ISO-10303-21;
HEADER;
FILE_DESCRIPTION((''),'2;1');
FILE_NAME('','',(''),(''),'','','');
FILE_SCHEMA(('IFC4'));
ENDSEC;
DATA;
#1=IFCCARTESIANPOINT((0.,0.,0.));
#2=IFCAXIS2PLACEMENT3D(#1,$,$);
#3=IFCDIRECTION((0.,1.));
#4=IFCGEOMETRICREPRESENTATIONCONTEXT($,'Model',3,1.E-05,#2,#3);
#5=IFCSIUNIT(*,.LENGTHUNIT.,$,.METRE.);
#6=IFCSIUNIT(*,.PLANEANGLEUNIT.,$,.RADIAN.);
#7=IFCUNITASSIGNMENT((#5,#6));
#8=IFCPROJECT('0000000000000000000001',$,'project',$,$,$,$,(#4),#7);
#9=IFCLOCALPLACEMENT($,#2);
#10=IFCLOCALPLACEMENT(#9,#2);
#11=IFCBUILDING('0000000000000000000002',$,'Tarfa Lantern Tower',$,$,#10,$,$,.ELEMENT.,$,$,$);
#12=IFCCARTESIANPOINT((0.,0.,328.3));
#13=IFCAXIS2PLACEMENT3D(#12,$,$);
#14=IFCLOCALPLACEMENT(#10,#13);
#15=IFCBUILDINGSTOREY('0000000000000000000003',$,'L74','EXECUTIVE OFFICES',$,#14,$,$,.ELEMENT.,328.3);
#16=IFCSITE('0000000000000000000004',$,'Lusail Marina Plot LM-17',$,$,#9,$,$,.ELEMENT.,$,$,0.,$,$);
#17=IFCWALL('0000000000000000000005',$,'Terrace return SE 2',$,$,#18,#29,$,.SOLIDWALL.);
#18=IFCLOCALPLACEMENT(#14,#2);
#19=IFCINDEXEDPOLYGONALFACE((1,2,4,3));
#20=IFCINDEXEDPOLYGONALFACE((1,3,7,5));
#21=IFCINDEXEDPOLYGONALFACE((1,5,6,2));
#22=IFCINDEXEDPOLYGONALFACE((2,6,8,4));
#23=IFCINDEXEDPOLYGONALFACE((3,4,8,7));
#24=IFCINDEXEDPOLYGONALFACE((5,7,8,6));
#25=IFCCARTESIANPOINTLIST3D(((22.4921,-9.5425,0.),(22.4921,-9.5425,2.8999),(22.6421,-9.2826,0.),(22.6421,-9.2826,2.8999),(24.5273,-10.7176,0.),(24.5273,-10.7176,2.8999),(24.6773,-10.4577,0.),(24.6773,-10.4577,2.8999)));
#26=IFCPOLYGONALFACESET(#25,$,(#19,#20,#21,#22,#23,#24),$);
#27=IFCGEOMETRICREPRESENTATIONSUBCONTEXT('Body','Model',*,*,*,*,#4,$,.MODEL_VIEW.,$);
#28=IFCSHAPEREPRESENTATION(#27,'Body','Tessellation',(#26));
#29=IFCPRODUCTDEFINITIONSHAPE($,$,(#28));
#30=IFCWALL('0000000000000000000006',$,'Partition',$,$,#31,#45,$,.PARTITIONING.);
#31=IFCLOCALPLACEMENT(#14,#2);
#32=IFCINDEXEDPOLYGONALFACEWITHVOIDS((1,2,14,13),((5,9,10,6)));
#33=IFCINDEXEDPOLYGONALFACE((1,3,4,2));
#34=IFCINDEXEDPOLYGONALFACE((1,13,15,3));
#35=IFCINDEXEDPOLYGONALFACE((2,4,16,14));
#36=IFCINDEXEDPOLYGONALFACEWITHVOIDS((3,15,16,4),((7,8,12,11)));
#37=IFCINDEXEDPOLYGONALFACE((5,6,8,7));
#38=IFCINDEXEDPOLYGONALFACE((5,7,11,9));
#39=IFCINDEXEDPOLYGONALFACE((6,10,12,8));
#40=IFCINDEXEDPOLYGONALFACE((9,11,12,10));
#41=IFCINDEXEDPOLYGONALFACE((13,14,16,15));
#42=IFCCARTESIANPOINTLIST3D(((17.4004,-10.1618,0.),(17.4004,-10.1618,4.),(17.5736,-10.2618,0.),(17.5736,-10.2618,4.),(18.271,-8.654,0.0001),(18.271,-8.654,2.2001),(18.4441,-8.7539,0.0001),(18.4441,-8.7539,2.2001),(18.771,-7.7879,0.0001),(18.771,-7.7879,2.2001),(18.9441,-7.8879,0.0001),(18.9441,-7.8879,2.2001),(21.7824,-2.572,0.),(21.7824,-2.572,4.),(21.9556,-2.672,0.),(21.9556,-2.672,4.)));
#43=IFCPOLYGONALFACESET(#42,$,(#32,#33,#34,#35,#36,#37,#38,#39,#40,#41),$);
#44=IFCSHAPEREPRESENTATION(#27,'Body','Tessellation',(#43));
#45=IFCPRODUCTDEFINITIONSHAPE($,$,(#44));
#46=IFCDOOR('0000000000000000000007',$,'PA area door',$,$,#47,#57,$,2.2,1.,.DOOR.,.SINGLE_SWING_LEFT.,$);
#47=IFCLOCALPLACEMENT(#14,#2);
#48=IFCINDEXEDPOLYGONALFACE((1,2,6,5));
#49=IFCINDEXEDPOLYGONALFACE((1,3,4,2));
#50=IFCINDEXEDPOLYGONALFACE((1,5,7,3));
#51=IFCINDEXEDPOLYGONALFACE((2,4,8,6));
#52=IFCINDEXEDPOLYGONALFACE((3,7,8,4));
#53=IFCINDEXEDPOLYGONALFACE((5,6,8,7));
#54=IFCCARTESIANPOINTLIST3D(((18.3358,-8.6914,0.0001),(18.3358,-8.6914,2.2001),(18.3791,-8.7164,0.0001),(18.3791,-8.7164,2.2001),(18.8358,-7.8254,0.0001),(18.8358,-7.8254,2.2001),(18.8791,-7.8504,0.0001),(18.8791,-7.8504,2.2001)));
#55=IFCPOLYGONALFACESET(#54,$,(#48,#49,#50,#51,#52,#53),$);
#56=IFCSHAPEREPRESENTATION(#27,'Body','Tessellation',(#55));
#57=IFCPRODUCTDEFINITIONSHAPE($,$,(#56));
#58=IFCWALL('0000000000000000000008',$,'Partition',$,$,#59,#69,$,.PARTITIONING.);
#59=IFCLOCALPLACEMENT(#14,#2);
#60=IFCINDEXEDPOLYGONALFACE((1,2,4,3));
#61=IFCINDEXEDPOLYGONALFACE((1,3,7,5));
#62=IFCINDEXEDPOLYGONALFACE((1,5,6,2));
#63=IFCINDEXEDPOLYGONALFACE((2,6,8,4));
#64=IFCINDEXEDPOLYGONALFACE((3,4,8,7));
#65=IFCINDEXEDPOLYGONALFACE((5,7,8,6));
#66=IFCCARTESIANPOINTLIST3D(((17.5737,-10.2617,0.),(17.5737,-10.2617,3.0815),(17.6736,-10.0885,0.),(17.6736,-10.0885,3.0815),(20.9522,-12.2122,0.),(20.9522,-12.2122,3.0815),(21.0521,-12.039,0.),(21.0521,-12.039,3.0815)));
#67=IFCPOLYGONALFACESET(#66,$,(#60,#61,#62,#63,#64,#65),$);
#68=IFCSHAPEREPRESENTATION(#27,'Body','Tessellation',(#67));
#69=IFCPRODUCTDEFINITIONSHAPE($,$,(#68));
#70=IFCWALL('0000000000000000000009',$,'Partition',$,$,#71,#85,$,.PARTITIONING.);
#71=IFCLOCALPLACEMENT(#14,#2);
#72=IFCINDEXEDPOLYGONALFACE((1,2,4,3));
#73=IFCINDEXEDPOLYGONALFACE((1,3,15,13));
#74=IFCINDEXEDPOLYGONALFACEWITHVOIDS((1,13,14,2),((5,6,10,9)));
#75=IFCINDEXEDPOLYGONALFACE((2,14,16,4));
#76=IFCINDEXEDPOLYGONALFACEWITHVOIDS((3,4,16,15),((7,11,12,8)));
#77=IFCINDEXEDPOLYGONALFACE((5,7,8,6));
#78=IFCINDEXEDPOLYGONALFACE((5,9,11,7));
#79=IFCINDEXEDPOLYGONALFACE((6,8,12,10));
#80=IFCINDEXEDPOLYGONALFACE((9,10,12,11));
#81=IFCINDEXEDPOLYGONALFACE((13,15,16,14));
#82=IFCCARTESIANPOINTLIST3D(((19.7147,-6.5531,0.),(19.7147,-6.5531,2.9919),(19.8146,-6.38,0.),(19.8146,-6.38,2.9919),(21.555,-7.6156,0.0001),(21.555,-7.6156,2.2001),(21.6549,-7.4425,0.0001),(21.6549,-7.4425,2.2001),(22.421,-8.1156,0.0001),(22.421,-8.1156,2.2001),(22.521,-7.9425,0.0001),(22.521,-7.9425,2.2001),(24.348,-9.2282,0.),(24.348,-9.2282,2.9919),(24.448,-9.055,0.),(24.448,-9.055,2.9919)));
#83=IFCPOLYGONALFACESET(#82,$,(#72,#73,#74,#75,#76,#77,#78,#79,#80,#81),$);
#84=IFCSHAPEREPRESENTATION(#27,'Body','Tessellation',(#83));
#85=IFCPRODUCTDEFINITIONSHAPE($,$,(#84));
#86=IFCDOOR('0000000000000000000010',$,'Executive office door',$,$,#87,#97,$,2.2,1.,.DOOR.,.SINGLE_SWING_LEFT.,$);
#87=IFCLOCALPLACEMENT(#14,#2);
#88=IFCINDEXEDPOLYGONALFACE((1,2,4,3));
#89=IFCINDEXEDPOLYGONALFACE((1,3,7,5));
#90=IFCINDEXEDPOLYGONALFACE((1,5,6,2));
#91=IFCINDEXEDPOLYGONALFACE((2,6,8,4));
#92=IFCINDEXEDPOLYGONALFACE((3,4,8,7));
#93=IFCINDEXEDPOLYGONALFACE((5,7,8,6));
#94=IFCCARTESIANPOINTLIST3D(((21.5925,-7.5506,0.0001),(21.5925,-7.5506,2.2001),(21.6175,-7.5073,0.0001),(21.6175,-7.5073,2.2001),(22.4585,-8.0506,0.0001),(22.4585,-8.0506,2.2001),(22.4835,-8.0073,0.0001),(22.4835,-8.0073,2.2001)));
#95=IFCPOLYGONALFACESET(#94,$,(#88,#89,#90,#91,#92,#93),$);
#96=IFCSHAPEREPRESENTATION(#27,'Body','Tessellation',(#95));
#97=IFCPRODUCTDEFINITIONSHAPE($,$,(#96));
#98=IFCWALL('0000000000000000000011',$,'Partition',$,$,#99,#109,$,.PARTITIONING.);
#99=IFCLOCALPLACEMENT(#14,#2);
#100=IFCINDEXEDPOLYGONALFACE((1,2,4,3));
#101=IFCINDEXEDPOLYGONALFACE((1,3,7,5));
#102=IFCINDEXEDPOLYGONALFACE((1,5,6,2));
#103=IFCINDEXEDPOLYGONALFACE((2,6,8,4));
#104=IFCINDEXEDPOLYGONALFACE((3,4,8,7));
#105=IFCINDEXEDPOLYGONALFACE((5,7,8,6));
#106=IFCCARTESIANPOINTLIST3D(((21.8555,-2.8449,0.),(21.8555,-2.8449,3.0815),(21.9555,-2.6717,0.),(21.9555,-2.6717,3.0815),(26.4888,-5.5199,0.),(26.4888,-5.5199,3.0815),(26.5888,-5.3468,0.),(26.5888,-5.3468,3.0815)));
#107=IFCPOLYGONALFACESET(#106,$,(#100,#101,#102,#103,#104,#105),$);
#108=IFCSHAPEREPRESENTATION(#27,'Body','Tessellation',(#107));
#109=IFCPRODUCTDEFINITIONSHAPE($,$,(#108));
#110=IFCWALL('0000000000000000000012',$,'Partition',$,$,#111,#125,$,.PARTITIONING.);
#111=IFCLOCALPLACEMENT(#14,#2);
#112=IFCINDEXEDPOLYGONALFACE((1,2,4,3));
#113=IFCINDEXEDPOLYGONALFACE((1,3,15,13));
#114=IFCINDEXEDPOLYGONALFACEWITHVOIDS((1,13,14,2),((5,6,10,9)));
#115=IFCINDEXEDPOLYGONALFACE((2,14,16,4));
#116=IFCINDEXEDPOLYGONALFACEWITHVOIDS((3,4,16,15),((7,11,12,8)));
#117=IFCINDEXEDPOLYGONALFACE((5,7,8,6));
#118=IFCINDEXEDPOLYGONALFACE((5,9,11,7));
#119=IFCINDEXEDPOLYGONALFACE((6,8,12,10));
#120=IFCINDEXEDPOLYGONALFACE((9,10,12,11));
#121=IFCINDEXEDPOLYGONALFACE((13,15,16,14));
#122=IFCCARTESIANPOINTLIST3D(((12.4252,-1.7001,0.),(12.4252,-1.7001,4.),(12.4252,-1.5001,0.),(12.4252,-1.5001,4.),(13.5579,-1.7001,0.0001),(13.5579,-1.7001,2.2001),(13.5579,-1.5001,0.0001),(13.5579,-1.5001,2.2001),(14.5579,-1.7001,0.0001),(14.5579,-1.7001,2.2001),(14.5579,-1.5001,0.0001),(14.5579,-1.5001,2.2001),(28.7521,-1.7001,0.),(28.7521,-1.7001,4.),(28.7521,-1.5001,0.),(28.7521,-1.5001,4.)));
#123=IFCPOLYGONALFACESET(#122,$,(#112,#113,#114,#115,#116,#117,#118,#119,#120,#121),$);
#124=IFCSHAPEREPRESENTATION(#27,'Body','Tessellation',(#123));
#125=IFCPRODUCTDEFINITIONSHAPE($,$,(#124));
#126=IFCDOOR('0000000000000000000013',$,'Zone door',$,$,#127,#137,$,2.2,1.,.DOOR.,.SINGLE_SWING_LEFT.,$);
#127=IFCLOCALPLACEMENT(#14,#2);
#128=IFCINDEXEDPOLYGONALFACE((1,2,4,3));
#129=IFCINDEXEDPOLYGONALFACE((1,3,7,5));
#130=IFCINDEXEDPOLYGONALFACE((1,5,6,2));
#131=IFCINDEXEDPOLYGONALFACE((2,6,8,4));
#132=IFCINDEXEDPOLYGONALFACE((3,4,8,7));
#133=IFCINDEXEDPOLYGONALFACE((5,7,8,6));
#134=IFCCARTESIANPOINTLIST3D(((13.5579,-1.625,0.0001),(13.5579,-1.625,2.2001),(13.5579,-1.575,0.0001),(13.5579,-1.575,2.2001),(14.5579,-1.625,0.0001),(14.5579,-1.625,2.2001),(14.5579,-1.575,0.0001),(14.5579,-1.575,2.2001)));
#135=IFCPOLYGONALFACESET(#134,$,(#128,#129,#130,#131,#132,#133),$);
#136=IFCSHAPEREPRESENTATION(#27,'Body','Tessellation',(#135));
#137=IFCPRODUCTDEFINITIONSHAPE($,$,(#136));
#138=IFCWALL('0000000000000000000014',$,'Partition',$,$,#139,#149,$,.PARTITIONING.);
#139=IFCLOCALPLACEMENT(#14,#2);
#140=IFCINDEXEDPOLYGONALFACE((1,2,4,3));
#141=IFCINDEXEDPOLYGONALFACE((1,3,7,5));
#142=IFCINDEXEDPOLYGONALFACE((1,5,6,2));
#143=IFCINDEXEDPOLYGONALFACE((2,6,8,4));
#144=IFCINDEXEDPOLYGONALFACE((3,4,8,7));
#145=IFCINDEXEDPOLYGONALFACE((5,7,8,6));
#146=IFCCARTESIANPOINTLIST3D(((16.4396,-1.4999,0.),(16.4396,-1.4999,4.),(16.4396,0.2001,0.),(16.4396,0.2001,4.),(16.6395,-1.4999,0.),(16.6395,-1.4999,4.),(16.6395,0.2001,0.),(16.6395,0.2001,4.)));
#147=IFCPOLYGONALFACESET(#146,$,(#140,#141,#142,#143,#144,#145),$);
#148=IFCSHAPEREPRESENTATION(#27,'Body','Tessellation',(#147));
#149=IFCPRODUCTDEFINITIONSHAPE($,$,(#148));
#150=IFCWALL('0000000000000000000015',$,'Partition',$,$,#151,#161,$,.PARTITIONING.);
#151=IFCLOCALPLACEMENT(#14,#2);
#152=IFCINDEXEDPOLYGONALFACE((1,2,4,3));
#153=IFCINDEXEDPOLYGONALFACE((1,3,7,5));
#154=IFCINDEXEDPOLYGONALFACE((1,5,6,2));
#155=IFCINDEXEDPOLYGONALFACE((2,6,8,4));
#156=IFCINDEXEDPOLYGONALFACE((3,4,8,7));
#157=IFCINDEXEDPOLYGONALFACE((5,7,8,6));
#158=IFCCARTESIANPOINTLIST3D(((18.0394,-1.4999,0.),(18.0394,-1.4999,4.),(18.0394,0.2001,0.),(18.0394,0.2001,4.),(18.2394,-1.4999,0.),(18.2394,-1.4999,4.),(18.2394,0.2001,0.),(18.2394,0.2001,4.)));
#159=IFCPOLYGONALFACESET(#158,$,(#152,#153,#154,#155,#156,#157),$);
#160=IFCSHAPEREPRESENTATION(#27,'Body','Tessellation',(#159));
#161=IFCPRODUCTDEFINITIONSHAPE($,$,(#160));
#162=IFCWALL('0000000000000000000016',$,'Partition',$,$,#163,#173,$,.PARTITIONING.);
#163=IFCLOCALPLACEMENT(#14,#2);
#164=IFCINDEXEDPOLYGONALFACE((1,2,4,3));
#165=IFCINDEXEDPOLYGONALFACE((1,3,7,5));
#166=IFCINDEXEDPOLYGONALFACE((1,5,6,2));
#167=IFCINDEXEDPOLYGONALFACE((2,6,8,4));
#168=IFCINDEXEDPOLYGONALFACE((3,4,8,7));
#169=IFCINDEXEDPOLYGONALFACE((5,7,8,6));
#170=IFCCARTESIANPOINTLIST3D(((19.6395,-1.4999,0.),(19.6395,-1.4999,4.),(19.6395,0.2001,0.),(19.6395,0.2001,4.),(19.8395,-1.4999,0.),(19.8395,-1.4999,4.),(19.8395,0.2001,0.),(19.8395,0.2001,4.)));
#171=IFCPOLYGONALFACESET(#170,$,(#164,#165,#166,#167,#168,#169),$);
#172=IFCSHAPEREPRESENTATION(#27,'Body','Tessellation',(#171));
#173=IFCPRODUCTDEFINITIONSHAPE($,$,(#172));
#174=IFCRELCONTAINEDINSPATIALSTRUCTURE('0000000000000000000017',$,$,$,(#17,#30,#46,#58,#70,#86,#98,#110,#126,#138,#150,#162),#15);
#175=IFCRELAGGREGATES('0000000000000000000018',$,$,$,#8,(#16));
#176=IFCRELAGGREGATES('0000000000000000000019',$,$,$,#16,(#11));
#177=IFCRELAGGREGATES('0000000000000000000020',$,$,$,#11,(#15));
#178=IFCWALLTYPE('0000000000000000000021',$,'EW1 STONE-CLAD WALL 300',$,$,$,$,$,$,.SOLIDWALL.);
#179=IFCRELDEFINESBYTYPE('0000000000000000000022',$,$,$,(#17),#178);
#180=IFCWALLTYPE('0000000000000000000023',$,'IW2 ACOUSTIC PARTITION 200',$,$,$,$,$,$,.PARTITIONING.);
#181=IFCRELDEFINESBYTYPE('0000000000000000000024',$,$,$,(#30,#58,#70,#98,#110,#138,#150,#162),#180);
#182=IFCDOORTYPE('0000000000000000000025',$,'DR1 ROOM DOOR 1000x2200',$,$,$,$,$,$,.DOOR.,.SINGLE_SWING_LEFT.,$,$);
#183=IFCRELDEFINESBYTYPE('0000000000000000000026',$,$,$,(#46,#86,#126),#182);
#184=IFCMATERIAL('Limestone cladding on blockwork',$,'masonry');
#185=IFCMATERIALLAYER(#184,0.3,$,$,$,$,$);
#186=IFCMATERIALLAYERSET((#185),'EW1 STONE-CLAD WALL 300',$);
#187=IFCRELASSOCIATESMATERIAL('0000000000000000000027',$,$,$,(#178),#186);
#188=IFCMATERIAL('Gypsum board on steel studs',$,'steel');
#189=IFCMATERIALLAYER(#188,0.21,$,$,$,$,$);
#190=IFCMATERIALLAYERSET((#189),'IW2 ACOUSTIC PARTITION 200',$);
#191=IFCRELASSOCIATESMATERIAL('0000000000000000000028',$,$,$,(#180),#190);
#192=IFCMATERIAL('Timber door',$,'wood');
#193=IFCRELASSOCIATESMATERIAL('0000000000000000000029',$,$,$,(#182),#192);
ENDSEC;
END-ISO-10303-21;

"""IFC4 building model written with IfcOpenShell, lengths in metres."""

from ifc_helpers import new_model, si_unit, direction, frame, frame_2d, origin, place, context, subcontext, project, spatial, rectangle, extrude, material, layer, layer_set, type_object, element, fill, save


model = new_model("IFC4")

# Units and contexts
model_context = context("Model", 3, precision=1e-05, world=origin(), true_north=direction((0.0, 1.0)))
body_context = subcontext(model_context, "Body", "Model", "MODEL_VIEW")
ifc_project = project(units=[si_unit("LENGTHUNIT", "METRE"), si_unit("PLANEANGLEUNIT", "RADIAN")], contexts=[model_context])

# Site, building, storey
site_placement = place(None, origin())
site = spatial("IfcSite", under=ifc_project, at=site_placement, Name="Lusail Marina Plot LM-17", CompositionType="ELEMENT", RefElevation=0.0)
building_placement = place(site_placement, origin())
building = spatial("IfcBuilding", under=site, at=building_placement, Name="Tarfa Lantern Tower", CompositionType="ELEMENT")
storey_placement = place(building_placement, frame((0.0, 0.0, 328.3)))
storey = spatial("IfcBuildingStorey", under=building, at=storey_placement, Name="L74", Description="EXECUTIVE OFFICES", CompositionType="ELEMENT", Elevation=328.3)

# Shared definitions
ifc_material_1 = material(Name="Limestone cladding on blockwork", Category="masonry")
ifc_layer_1 = layer(ifc_material_1, 0.3)
ifc_layer_set_1 = layer_set([ifc_layer_1], Name="EW1 STONE-CLAD WALL 300")
wall_type_1 = type_object("IfcWallType", Name="EW1 STONE-CLAD WALL 300", PredefinedType="SOLIDWALL", material=ifc_layer_set_1)

# Wall
wall_1_placement = place(storey_placement, frame((24.6023, -10.5876, 0.0), z_axis=(0.0, 0.0, 1.0), x_axis=(-0.866016, 0.500016, 0.0)))
element("IfcWall", 1, at=wall_1_placement, inside=storey, type_object=wall_type_1, Name="Terrace return SE 2", PredefinedType="SOLIDWALL", context=body_context, shape_type="SweptSolid", body=[
    extrude(rectangle(XDim=2.3501, YDim=0.3, at=frame_2d((1.175, 0.0))), origin(), (0.0, 0.0, 1.0), 2.8999),
])

# Wall, opening, door
ifc_material_2 = material(Name="Gypsum board on steel studs", Category="steel")
ifc_layer_2 = layer(ifc_material_2, 0.21)
ifc_layer_set_2 = layer_set([ifc_layer_2], Name="IW2 ACOUSTIC PARTITION 200")
wall_type_2 = type_object("IfcWallType", Name="IW2 ACOUSTIC PARTITION 200", PredefinedType="PARTITIONING", material=ifc_layer_set_2)
wall_2_placement = place(storey_placement, frame((17.4871, -10.2117, 0.0), z_axis=(0.0, 0.0, 1.0), x_axis=(0.500007, 0.866021, 0.0)))
wall_2 = element("IfcWall", 2, at=wall_2_placement, inside=storey, type_object=wall_type_2, Name="Partition", PredefinedType="PARTITIONING", context=body_context, shape_type="SweptSolid", body=[
    extrude(rectangle(XDim=8.7639, YDim=0.2, at=frame_2d((4.3818, 0.0))), origin(), (0.0, 0.0, 1.0), 4.0),
])
opening_1_placement = place(wall_2_placement, frame((1.741, 0.0, 0.0)))
opening_1 = element("IfcOpeningElement", 3, at=opening_1_placement, cuts=wall_2, PredefinedType="OPENING", context=body_context, shape_type="SweptSolid", body=[
    extrude(rectangle(XDim=1.0, YDim=2.2, at=frame_2d((0.5, 1.1001))), frame((0.0, 0.1099, 0.0), z_axis=(0.0, -1.0, 0.0), x_axis=(1.0, 0.0, 0.0)), (0.0, 0.0, 1.0), 0.22),
])
ifc_material_3 = material(Name="Timber door", Category="wood")
door_type = type_object("IfcDoorType", Name="DR1 ROOM DOOR 1000x2200", OperationType="SINGLE_SWING_LEFT", PredefinedType="DOOR", material=ifc_material_3)
door_1_placement = place(opening_1_placement, frame((1.0, 0.0, 0.0), z_axis=(0.0, 0.0, 1.0), x_axis=(-1.0, 0.0, 0.0)))
door_1 = element("IfcDoor", 4, at=door_1_placement, inside=storey, type_object=door_type, Name="PA area door", OperationType="SINGLE_SWING_LEFT", OverallHeight=2.2, OverallWidth=1.0, PredefinedType="DOOR", context=body_context, shape_type="SweptSolid", body=[
    extrude(rectangle(XDim=1.0, YDim=2.2, at=frame_2d((0.5, 1.1001))), frame((0.0, 0.0249, 0.0), z_axis=(0.0, -1.0, 0.0), x_axis=(1.0, 0.0, 0.0)), (0.0, 0.0, 1.0), 0.05),
])
fill(opening_1, door_1)

# Wall
wall_3_placement = place(storey_placement, frame((17.6235, -10.175, 0.0), z_axis=(0.0, 0.0, 1.0), x_axis=(0.866036, -0.499982, 0.0)))
element("IfcWall", 5, at=wall_3_placement, inside=storey, type_object=wall_type_2, Name="Partition", PredefinedType="PARTITIONING", context=body_context, shape_type="SweptSolid", body=[
    extrude(rectangle(XDim=3.9011, YDim=0.2, at=frame_2d((1.9507, 0.0))), origin(), (0.0, 0.0, 1.0), 3.0815),
])

# Wall, opening, door
wall_4_placement = place(storey_placement, frame((19.7646, -6.4666, 0.0), z_axis=(0.0, 0.0, 1.0), x_axis=(0.866024, -0.500002, 0.0)))
wall_4 = element("IfcWall", 6, at=wall_4_placement, inside=storey, type_object=wall_type_2, Name="Partition", PredefinedType="PARTITIONING", context=body_context, shape_type="SweptSolid", body=[
    extrude(rectangle(XDim=5.3501, YDim=0.2, at=frame_2d((2.675, 0.0))), origin(), (0.0, 0.0, 1.0), 2.9919),
])
opening_2_placement = place(wall_4_placement, frame((2.125, 0.0, 0.0)))
opening_2 = element("IfcOpeningElement", 7, at=opening_2_placement, cuts=wall_4, PredefinedType="OPENING", context=body_context, shape_type="SweptSolid", body=[
    extrude(rectangle(XDim=1.0, YDim=2.2, at=frame_2d((0.5, 1.1001))), frame((0.0, 0.1099, 0.0), z_axis=(0.0, -1.0, 0.0), x_axis=(1.0, 0.0, 0.0)), (0.0, 0.0, 1.0), 0.22),
])
door_2_placement = place(opening_2_placement, frame((1.0, 0.0, 0.0), z_axis=(0.0, 0.0, 1.0), x_axis=(-1.0, 0.0, 0.0)))
door_2 = element("IfcDoor", 8, at=door_2_placement, inside=storey, type_object=door_type, Name="Executive office door", OperationType="SINGLE_SWING_LEFT", OverallHeight=2.2, OverallWidth=1.0, PredefinedType="DOOR", context=body_context, shape_type="SweptSolid", body=[
    extrude(rectangle(XDim=1.0, YDim=2.2, at=frame_2d((0.5, 1.1001))), frame((0.0, 0.0249, 0.0), z_axis=(0.0, -1.0, 0.0), x_axis=(1.0, 0.0, 0.0)), (0.0, 0.0, 1.0), 0.05),
])
fill(opening_2, door_2)

# Wall
wall_5_placement = place(storey_placement, frame((21.9055, -2.7583, 0.0), z_axis=(0.0, 0.0, 1.0), x_axis=(0.866024, -0.500002, 0.0)))
element("IfcWall", 9, at=wall_5_placement, inside=storey, type_object=wall_type_2, Name="Partition", PredefinedType="PARTITIONING", context=body_context, shape_type="SweptSolid", body=[
    extrude(rectangle(XDim=5.3501, YDim=0.2, at=frame_2d((2.675, 0.0))), origin(), (0.0, 0.0, 1.0), 3.0815),
])

# Wall, opening, door
wall_6_placement = place(storey_placement, frame((12.425, -1.6001, 0.0), z_axis=(0.0, 0.0, 1.0), x_axis=(1.0, 0.0, 0.0)))
wall_6 = element("IfcWall", 10, at=wall_6_placement, inside=storey, type_object=wall_type_2, Name="Partition", PredefinedType="PARTITIONING", context=body_context, shape_type="SweptSolid", body=[
    extrude(rectangle(XDim=16.3269, YDim=0.2, at=frame_2d((8.1636, 0.0))), origin(), (0.0, 0.0, 1.0), 4.0),
])
opening_3_placement = place(wall_6_placement, frame((1.1328, 0.0, 0.0)))
opening_3 = element("IfcOpeningElement", 11, at=opening_3_placement, cuts=wall_6, PredefinedType="OPENING", context=body_context, shape_type="SweptSolid", body=[
    extrude(rectangle(XDim=1.0, YDim=2.2, at=frame_2d((0.5, 1.1001))), frame((0.0, 0.1099, 0.0), z_axis=(0.0, -1.0, 0.0), x_axis=(1.0, 0.0, 0.0)), (0.0, 0.0, 1.0), 0.22),
])
door_3_placement = place(opening_3_placement, frame((1.0, 0.0, 0.0), z_axis=(0.0, 0.0, 1.0), x_axis=(-1.0, 0.0, 0.0)))
door_3 = element("IfcDoor", 12, at=door_3_placement, inside=storey, type_object=door_type, Name="Zone door", OperationType="SINGLE_SWING_LEFT", OverallHeight=2.2, OverallWidth=1.0, PredefinedType="DOOR", context=body_context, shape_type="SweptSolid", body=[
    extrude(rectangle(XDim=1.0, YDim=2.2, at=frame_2d((0.5, 1.1001))), frame((0.0, 0.0249, 0.0), z_axis=(0.0, -1.0, 0.0), x_axis=(1.0, 0.0, 0.0)), (0.0, 0.0, 1.0), 0.05),
])
fill(opening_3, door_3)

# Walls
for number, where, z_axis, x_axis, name in (
    (13, (16.5396, -1.5, 0.0), (0.0, 0.0, 1.0), (0.0, 1.0, 0.0), "Partition"),
    (14, (18.1394, -1.5, 0.0), (0.0, 0.0, 1.0), (0.0, 1.0, 0.0), "Partition"),
    (15, (19.7395, -1.5, 0.0), (0.0, 0.0, 1.0), (0.0, 1.0, 0.0), "Partition"),
):
    element("IfcWall", number, at=place(storey_placement, frame(where, z_axis=z_axis, x_axis=x_axis)), inside=storey, type_object=wall_type_2, Name=name, PredefinedType="PARTITIONING", context=body_context, shape_type="SweptSolid", body=[
        extrude(rectangle(XDim=1.7, YDim=0.2, at=frame_2d((0.8501, 0.0))), origin(), (0.0, 0.0, 1.0), 4.0),
    ])

save(model, "model.ifc")
